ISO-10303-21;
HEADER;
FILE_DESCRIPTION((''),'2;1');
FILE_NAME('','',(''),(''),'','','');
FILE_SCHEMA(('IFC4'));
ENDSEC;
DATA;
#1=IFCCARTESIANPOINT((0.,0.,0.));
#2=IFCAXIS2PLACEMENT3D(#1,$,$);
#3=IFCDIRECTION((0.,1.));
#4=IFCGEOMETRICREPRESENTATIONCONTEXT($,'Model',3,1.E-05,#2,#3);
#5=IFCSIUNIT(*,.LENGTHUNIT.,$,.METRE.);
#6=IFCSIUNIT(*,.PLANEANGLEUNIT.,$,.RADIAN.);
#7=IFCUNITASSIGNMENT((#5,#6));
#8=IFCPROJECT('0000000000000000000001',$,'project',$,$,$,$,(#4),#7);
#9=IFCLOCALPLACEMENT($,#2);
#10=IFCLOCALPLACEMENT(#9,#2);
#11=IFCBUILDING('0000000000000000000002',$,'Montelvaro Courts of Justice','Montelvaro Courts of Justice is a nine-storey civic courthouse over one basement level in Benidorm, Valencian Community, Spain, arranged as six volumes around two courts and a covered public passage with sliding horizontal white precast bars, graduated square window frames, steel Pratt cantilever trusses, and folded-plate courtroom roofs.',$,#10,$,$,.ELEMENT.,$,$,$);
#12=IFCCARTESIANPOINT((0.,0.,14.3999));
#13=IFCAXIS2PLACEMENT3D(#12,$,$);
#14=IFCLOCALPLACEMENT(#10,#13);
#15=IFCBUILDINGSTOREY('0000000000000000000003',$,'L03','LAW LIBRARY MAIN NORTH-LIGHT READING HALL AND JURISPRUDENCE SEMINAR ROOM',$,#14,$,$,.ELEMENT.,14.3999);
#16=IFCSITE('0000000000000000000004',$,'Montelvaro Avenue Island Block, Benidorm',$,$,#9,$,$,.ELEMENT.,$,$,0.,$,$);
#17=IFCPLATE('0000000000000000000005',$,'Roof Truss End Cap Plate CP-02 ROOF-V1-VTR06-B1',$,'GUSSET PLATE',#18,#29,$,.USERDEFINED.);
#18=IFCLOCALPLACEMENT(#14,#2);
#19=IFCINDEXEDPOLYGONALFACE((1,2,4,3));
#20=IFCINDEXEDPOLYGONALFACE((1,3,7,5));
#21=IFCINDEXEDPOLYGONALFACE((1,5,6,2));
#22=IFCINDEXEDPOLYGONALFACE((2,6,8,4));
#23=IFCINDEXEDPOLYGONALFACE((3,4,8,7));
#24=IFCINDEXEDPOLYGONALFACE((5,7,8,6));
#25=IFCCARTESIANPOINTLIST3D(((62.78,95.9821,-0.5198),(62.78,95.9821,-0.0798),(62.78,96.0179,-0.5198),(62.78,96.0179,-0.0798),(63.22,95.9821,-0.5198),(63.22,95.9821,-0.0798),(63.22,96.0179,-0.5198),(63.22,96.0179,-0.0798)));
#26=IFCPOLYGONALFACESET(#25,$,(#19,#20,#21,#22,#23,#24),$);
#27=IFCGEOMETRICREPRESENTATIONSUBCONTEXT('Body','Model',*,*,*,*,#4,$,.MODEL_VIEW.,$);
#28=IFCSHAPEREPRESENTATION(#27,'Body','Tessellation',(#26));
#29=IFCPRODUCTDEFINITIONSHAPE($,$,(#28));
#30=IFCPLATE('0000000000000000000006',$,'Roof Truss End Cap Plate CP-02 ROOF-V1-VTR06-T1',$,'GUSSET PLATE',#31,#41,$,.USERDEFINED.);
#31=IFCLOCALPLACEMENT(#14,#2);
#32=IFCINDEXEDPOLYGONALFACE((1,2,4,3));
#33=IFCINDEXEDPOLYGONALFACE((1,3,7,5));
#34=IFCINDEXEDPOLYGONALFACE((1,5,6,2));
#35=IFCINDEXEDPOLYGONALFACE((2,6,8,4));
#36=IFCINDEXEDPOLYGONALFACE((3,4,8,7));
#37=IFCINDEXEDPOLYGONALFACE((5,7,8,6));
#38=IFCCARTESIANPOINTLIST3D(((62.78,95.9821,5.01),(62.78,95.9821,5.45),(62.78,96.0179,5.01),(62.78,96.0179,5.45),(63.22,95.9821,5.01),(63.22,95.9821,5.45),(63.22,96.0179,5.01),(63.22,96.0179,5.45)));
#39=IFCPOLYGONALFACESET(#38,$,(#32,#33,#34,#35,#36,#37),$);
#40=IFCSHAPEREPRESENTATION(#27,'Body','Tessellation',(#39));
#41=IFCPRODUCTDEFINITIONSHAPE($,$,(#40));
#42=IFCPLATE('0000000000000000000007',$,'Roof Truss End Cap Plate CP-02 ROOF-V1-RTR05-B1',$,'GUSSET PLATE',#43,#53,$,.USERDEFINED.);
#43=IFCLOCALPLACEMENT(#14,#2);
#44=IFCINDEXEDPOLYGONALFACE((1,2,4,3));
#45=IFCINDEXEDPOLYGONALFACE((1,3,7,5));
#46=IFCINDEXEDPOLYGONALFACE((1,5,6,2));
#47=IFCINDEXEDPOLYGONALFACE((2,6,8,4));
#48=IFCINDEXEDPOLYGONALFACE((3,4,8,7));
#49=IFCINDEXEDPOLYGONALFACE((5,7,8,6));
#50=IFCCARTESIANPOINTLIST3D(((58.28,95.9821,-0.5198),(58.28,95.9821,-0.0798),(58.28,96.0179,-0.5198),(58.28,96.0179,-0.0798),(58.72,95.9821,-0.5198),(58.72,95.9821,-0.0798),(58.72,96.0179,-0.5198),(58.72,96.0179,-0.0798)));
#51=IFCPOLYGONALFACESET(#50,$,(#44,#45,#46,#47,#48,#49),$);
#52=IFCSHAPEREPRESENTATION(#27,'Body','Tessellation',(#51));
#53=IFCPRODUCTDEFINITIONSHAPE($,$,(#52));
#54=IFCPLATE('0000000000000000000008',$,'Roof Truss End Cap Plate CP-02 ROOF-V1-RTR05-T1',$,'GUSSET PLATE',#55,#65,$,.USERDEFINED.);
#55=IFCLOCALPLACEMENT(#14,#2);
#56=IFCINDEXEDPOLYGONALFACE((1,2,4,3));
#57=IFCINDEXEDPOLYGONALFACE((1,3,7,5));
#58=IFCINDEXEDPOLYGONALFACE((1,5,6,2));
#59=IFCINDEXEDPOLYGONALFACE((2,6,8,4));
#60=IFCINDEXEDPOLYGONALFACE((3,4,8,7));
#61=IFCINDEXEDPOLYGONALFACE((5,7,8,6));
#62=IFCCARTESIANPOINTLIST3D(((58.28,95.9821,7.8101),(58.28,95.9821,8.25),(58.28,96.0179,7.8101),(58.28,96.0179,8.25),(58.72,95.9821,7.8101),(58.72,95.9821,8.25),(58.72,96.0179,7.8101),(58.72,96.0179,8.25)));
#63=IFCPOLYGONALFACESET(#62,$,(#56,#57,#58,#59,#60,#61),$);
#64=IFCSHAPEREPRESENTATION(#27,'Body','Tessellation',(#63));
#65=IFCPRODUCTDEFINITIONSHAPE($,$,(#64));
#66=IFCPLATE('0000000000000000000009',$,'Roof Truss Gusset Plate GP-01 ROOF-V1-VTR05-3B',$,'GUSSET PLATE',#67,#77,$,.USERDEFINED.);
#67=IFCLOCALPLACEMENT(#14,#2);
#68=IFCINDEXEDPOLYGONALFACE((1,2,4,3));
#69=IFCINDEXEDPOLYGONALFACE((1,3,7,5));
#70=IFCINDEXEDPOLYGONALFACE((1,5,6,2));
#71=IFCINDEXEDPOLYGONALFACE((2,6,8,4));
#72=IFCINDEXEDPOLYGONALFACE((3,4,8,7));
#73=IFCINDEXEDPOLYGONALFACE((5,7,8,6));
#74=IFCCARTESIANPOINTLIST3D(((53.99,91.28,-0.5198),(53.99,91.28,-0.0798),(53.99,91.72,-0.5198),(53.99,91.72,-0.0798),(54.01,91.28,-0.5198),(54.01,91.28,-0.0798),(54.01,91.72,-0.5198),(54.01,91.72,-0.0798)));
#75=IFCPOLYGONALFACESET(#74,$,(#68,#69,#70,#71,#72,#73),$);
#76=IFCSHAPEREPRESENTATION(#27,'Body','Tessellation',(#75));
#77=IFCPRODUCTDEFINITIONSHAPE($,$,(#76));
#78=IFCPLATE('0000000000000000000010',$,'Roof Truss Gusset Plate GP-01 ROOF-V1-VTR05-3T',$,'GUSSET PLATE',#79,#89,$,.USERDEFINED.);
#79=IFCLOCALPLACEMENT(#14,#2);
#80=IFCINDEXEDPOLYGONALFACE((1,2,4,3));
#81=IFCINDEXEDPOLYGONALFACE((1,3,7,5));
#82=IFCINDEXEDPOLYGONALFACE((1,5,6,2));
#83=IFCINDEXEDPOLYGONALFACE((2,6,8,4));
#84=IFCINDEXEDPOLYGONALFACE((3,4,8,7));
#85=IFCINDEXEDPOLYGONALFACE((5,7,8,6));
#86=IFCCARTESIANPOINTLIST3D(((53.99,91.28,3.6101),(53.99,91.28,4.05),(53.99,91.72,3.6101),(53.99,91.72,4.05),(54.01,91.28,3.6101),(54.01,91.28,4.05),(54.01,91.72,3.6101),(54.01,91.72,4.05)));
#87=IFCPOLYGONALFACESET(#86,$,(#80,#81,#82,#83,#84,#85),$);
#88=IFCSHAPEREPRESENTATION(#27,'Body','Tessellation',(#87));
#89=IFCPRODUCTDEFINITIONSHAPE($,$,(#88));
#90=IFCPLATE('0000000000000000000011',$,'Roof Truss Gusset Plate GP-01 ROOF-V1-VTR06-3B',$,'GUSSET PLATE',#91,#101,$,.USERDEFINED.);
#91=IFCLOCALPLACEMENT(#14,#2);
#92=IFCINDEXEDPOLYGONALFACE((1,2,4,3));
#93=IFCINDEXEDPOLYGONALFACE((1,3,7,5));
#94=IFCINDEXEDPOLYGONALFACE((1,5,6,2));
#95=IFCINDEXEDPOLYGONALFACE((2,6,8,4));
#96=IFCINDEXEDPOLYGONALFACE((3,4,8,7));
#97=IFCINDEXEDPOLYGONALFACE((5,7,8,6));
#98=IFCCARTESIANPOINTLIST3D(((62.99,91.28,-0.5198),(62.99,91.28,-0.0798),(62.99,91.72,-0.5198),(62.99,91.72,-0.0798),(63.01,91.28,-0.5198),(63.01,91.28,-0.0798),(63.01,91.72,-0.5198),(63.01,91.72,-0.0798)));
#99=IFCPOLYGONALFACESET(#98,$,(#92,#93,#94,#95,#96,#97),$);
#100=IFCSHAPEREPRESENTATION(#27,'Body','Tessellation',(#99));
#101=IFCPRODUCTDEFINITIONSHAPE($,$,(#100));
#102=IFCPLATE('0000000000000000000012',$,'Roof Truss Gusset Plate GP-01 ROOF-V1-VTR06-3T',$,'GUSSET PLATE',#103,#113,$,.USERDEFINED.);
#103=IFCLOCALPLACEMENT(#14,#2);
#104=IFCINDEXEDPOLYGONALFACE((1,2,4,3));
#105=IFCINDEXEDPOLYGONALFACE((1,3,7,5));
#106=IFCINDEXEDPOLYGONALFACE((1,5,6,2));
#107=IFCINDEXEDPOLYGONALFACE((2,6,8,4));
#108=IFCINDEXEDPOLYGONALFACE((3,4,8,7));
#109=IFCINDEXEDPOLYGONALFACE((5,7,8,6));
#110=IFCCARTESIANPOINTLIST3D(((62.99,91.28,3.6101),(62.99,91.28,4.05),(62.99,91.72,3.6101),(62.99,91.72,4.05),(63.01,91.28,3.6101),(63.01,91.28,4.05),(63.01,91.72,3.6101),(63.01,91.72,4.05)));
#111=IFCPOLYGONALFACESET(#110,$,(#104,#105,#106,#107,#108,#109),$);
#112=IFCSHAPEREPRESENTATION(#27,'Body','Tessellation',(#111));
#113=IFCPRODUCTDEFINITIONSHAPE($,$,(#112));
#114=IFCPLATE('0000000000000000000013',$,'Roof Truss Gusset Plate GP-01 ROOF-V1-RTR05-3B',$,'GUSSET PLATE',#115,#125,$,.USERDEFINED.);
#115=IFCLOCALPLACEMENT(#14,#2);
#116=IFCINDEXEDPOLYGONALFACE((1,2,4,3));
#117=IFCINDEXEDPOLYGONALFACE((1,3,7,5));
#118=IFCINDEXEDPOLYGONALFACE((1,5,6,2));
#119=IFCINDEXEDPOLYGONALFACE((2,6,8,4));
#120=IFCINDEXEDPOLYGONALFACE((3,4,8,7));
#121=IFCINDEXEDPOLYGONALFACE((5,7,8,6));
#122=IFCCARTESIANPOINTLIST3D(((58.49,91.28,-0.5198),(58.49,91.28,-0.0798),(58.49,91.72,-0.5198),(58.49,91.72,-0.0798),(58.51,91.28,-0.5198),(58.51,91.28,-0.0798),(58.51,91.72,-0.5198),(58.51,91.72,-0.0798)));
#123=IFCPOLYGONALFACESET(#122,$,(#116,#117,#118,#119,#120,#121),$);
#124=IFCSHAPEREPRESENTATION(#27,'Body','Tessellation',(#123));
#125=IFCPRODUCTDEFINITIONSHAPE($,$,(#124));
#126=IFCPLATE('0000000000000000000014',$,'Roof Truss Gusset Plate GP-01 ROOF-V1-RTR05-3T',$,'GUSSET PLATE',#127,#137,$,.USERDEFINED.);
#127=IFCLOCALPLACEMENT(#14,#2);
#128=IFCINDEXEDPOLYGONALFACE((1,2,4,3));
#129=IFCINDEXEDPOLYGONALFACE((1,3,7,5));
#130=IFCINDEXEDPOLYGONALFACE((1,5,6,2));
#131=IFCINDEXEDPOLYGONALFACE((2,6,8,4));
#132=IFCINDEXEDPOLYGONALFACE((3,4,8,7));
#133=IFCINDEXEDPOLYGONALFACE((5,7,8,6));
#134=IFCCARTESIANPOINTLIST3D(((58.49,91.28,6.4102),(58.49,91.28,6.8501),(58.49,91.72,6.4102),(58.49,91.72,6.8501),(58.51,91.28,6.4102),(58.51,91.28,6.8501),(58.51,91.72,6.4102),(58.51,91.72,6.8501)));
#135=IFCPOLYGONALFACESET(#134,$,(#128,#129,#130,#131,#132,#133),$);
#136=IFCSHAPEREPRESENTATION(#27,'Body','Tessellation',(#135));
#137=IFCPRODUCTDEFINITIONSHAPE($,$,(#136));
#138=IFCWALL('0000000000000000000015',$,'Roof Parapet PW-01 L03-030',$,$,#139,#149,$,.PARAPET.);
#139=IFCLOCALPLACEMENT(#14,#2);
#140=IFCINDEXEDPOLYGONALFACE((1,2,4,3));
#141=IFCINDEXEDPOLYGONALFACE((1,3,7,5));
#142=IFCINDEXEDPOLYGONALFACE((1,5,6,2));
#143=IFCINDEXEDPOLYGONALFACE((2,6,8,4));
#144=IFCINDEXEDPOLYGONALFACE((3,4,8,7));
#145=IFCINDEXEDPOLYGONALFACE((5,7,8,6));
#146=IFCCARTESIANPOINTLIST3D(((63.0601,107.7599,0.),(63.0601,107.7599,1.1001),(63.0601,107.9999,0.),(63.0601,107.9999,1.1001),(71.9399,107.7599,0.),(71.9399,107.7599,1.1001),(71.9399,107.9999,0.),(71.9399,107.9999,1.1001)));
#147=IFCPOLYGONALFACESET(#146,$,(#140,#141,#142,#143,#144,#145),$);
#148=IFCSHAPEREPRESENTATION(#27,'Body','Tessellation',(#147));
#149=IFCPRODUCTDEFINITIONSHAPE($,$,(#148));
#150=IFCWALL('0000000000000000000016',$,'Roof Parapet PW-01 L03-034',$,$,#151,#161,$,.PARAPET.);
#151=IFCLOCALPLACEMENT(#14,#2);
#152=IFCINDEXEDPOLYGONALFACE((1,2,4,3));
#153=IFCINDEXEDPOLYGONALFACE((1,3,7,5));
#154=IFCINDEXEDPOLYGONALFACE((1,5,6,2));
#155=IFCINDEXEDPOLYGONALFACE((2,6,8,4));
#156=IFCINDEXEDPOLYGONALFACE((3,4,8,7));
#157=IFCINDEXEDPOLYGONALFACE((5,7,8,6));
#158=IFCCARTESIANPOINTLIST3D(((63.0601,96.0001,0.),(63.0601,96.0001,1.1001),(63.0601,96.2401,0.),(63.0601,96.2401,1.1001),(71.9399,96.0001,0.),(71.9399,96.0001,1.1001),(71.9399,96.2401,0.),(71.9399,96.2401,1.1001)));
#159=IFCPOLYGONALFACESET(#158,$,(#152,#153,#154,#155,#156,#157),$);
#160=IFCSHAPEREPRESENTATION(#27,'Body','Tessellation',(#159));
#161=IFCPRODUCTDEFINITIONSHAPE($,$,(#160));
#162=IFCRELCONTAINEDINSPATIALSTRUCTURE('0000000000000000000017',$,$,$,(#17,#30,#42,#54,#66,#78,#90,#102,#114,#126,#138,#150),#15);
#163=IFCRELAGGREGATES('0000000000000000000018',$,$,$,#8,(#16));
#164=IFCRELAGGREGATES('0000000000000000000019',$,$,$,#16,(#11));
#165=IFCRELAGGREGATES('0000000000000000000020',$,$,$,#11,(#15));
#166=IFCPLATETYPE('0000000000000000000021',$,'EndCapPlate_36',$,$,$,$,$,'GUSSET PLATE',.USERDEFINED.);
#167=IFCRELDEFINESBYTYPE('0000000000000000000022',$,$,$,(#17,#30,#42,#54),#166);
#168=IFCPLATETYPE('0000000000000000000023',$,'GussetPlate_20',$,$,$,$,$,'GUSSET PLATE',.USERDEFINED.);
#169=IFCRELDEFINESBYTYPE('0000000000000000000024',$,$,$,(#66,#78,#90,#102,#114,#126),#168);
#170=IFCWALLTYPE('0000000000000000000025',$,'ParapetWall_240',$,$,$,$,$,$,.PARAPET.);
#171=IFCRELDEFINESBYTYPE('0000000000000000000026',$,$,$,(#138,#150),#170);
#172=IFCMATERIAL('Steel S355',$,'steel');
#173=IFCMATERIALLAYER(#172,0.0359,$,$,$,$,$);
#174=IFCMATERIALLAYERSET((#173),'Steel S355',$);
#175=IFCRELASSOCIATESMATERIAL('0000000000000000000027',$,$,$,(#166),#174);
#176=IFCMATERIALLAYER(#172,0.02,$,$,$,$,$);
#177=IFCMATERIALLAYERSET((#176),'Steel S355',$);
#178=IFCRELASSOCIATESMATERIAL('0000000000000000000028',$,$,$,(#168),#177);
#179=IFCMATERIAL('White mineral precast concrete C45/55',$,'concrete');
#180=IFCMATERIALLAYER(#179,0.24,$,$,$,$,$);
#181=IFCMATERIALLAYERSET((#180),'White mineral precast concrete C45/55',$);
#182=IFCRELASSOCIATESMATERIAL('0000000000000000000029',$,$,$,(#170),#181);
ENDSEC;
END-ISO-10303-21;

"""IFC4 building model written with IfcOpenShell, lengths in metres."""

from ifc_helpers import new_model, si_unit, direction, frame, frame_2d, origin, origin_2d, place, context, subcontext, project, spatial, rectangle, extrude, material, layer, layer_set, type_object, element, save


model = new_model("IFC4")

# Units and contexts
model_context = context("Model", 3, precision=1e-05, world=origin(), true_north=direction((0.0, 1.0)))
body_context = subcontext(model_context, "Body", "Model", "MODEL_VIEW")
ifc_project = project(units=[si_unit("LENGTHUNIT", "METRE"), si_unit("PLANEANGLEUNIT", "RADIAN")], contexts=[model_context])

# Site, building, storey
site_placement = place(None, origin())
site = spatial("IfcSite", under=ifc_project, at=site_placement, Name="Montelvaro Avenue Island Block, Benidorm", CompositionType="ELEMENT", RefElevation=0.0)
building_placement = place(site_placement, origin())
building = spatial("IfcBuilding", under=site, at=building_placement, Name="Montelvaro Courts of Justice", Description="Montelvaro Courts of Justice is a nine-storey civic courthouse over one basement level in Benidorm, Valencian Community, Spain, arranged as six volumes around two courts and a covered public passage with sliding horizontal white precast bars, graduated square window frames, steel Pratt cantilever trusses, and folded-plate courtroom roofs.", CompositionType="ELEMENT")
storey_placement = place(building_placement, frame((0.0, 0.0, 14.3999)))
storey = spatial("IfcBuildingStorey", under=building, at=storey_placement, Name="L03", Description="LAW LIBRARY MAIN NORTH-LIGHT READING HALL AND JURISPRUDENCE SEMINAR ROOM", CompositionType="ELEMENT", Elevation=14.3999)

# Shared definitions
ifc_material_1 = material(Name="Steel S355", Category="steel")

# Plates
ifc_layer_1 = layer(ifc_material_1, 0.0359)
ifc_layer_set_1 = layer_set([ifc_layer_1], Name="Steel S355")
plate_type_1 = type_object("IfcPlateType", Name="EndCapPlate_36", ElementType="GUSSET PLATE", PredefinedType="USERDEFINED", material=ifc_layer_set_1)
for number, where, z_axis, x_axis, name in (
    (1, (63.0, 96.0, -0.5198), (0.0, 0.0, 1.0), (1.0, 0.0, 0.0), "Roof Truss End Cap Plate CP-02 ROOF-V1-VTR06-B1"),
    (2, (63.0, 96.0, 5.01), (0.0, 0.0, 1.0), (1.0, 0.0, 0.0), "Roof Truss End Cap Plate CP-02 ROOF-V1-VTR06-T1"),
    (3, (58.5, 96.0, -0.5198), (0.0, 0.0, 1.0), (1.0, 0.0, 0.0), "Roof Truss End Cap Plate CP-02 ROOF-V1-RTR05-B1"),
    (4, (58.5, 96.0, 7.8101), (0.0, 0.0, 1.0), (1.0, 0.0, 0.0), "Roof Truss End Cap Plate CP-02 ROOF-V1-RTR05-T1"),
):
    element("IfcPlate", number, at=place(storey_placement, frame(where, z_axis=z_axis, x_axis=x_axis)), inside=storey, type_object=plate_type_1, Name=name, ObjectType="GUSSET PLATE", PredefinedType="USERDEFINED", context=body_context, shape_type="SweptSolid", body=[
        extrude(rectangle(XDim=0.4399, YDim=0.0359, at=origin_2d()), origin(), (0.0, 0.0, 1.0), 0.4399),
    ])
ifc_layer_2 = layer(ifc_material_1, 0.02)
ifc_layer_set_2 = layer_set([ifc_layer_2], Name="Steel S355")
plate_type_2 = type_object("IfcPlateType", Name="GussetPlate_20", ElementType="GUSSET PLATE", PredefinedType="USERDEFINED", material=ifc_layer_set_2)
for number, where, z_axis, x_axis, name in (
    (5, (54.0, 91.5, -0.5198), (0.0, 0.0, 1.0), (1.0, 0.0, 0.0), "Roof Truss Gusset Plate GP-01 ROOF-V1-VTR05-3B"),
    (6, (54.0, 91.5, 3.6101), (0.0, 0.0, 1.0), (1.0, 0.0, 0.0), "Roof Truss Gusset Plate GP-01 ROOF-V1-VTR05-3T"),
    (7, (63.0, 91.5, -0.5198), (0.0, 0.0, 1.0), (1.0, 0.0, 0.0), "Roof Truss Gusset Plate GP-01 ROOF-V1-VTR06-3B"),
    (8, (63.0, 91.5, 3.6101), (0.0, 0.0, 1.0), (1.0, 0.0, 0.0), "Roof Truss Gusset Plate GP-01 ROOF-V1-VTR06-3T"),
    (9, (58.5, 91.5, -0.5198), (0.0, 0.0, 1.0), (1.0, 0.0, 0.0), "Roof Truss Gusset Plate GP-01 ROOF-V1-RTR05-3B"),
    (10, (58.5, 91.5, 6.4102), (0.0, 0.0, 1.0), (1.0, 0.0, 0.0), "Roof Truss Gusset Plate GP-01 ROOF-V1-RTR05-3T"),
):
    element("IfcPlate", number, at=place(storey_placement, frame(where, z_axis=z_axis, x_axis=x_axis)), inside=storey, type_object=plate_type_2, Name=name, ObjectType="GUSSET PLATE", PredefinedType="USERDEFINED", context=body_context, shape_type="SweptSolid", body=[
        extrude(rectangle(XDim=0.02, YDim=0.4399, at=origin_2d()), origin(), (0.0, 0.0, 1.0), 0.4399),
    ])

# Walls
ifc_material_2 = material(Name="White mineral precast concrete C45/55", Category="concrete")
ifc_layer_3 = layer(ifc_material_2, 0.24)
ifc_layer_set_3 = layer_set([ifc_layer_3], Name="White mineral precast concrete C45/55")
wall_type = type_object("IfcWallType", Name="ParapetWall_240", PredefinedType="PARAPET", material=ifc_layer_set_3)
for number, where, z_axis, x_axis, name in (
    (11, (63.0601, 107.8799, 0.0), (0.0, 0.0, 1.0), (1.0, 0.0, 0.0), "Roof Parapet PW-01 L03-030"),
    (12, (63.0601, 96.1201, 0.0), (0.0, 0.0, 1.0), (1.0, 0.0, 0.0), "Roof Parapet PW-01 L03-034"),
):
    element("IfcWall", number, at=place(storey_placement, frame(where, z_axis=z_axis, x_axis=x_axis)), inside=storey, type_object=wall_type, Name=name, PredefinedType="PARAPET", context=body_context, shape_type="SweptSolid", body=[
        extrude(rectangle(XDim=8.8799, YDim=0.24, at=frame_2d((4.4399, 0.0))), origin(), (0.0, 0.0, 1.0), 1.1001),
    ])

save(model, "model.ifc")
